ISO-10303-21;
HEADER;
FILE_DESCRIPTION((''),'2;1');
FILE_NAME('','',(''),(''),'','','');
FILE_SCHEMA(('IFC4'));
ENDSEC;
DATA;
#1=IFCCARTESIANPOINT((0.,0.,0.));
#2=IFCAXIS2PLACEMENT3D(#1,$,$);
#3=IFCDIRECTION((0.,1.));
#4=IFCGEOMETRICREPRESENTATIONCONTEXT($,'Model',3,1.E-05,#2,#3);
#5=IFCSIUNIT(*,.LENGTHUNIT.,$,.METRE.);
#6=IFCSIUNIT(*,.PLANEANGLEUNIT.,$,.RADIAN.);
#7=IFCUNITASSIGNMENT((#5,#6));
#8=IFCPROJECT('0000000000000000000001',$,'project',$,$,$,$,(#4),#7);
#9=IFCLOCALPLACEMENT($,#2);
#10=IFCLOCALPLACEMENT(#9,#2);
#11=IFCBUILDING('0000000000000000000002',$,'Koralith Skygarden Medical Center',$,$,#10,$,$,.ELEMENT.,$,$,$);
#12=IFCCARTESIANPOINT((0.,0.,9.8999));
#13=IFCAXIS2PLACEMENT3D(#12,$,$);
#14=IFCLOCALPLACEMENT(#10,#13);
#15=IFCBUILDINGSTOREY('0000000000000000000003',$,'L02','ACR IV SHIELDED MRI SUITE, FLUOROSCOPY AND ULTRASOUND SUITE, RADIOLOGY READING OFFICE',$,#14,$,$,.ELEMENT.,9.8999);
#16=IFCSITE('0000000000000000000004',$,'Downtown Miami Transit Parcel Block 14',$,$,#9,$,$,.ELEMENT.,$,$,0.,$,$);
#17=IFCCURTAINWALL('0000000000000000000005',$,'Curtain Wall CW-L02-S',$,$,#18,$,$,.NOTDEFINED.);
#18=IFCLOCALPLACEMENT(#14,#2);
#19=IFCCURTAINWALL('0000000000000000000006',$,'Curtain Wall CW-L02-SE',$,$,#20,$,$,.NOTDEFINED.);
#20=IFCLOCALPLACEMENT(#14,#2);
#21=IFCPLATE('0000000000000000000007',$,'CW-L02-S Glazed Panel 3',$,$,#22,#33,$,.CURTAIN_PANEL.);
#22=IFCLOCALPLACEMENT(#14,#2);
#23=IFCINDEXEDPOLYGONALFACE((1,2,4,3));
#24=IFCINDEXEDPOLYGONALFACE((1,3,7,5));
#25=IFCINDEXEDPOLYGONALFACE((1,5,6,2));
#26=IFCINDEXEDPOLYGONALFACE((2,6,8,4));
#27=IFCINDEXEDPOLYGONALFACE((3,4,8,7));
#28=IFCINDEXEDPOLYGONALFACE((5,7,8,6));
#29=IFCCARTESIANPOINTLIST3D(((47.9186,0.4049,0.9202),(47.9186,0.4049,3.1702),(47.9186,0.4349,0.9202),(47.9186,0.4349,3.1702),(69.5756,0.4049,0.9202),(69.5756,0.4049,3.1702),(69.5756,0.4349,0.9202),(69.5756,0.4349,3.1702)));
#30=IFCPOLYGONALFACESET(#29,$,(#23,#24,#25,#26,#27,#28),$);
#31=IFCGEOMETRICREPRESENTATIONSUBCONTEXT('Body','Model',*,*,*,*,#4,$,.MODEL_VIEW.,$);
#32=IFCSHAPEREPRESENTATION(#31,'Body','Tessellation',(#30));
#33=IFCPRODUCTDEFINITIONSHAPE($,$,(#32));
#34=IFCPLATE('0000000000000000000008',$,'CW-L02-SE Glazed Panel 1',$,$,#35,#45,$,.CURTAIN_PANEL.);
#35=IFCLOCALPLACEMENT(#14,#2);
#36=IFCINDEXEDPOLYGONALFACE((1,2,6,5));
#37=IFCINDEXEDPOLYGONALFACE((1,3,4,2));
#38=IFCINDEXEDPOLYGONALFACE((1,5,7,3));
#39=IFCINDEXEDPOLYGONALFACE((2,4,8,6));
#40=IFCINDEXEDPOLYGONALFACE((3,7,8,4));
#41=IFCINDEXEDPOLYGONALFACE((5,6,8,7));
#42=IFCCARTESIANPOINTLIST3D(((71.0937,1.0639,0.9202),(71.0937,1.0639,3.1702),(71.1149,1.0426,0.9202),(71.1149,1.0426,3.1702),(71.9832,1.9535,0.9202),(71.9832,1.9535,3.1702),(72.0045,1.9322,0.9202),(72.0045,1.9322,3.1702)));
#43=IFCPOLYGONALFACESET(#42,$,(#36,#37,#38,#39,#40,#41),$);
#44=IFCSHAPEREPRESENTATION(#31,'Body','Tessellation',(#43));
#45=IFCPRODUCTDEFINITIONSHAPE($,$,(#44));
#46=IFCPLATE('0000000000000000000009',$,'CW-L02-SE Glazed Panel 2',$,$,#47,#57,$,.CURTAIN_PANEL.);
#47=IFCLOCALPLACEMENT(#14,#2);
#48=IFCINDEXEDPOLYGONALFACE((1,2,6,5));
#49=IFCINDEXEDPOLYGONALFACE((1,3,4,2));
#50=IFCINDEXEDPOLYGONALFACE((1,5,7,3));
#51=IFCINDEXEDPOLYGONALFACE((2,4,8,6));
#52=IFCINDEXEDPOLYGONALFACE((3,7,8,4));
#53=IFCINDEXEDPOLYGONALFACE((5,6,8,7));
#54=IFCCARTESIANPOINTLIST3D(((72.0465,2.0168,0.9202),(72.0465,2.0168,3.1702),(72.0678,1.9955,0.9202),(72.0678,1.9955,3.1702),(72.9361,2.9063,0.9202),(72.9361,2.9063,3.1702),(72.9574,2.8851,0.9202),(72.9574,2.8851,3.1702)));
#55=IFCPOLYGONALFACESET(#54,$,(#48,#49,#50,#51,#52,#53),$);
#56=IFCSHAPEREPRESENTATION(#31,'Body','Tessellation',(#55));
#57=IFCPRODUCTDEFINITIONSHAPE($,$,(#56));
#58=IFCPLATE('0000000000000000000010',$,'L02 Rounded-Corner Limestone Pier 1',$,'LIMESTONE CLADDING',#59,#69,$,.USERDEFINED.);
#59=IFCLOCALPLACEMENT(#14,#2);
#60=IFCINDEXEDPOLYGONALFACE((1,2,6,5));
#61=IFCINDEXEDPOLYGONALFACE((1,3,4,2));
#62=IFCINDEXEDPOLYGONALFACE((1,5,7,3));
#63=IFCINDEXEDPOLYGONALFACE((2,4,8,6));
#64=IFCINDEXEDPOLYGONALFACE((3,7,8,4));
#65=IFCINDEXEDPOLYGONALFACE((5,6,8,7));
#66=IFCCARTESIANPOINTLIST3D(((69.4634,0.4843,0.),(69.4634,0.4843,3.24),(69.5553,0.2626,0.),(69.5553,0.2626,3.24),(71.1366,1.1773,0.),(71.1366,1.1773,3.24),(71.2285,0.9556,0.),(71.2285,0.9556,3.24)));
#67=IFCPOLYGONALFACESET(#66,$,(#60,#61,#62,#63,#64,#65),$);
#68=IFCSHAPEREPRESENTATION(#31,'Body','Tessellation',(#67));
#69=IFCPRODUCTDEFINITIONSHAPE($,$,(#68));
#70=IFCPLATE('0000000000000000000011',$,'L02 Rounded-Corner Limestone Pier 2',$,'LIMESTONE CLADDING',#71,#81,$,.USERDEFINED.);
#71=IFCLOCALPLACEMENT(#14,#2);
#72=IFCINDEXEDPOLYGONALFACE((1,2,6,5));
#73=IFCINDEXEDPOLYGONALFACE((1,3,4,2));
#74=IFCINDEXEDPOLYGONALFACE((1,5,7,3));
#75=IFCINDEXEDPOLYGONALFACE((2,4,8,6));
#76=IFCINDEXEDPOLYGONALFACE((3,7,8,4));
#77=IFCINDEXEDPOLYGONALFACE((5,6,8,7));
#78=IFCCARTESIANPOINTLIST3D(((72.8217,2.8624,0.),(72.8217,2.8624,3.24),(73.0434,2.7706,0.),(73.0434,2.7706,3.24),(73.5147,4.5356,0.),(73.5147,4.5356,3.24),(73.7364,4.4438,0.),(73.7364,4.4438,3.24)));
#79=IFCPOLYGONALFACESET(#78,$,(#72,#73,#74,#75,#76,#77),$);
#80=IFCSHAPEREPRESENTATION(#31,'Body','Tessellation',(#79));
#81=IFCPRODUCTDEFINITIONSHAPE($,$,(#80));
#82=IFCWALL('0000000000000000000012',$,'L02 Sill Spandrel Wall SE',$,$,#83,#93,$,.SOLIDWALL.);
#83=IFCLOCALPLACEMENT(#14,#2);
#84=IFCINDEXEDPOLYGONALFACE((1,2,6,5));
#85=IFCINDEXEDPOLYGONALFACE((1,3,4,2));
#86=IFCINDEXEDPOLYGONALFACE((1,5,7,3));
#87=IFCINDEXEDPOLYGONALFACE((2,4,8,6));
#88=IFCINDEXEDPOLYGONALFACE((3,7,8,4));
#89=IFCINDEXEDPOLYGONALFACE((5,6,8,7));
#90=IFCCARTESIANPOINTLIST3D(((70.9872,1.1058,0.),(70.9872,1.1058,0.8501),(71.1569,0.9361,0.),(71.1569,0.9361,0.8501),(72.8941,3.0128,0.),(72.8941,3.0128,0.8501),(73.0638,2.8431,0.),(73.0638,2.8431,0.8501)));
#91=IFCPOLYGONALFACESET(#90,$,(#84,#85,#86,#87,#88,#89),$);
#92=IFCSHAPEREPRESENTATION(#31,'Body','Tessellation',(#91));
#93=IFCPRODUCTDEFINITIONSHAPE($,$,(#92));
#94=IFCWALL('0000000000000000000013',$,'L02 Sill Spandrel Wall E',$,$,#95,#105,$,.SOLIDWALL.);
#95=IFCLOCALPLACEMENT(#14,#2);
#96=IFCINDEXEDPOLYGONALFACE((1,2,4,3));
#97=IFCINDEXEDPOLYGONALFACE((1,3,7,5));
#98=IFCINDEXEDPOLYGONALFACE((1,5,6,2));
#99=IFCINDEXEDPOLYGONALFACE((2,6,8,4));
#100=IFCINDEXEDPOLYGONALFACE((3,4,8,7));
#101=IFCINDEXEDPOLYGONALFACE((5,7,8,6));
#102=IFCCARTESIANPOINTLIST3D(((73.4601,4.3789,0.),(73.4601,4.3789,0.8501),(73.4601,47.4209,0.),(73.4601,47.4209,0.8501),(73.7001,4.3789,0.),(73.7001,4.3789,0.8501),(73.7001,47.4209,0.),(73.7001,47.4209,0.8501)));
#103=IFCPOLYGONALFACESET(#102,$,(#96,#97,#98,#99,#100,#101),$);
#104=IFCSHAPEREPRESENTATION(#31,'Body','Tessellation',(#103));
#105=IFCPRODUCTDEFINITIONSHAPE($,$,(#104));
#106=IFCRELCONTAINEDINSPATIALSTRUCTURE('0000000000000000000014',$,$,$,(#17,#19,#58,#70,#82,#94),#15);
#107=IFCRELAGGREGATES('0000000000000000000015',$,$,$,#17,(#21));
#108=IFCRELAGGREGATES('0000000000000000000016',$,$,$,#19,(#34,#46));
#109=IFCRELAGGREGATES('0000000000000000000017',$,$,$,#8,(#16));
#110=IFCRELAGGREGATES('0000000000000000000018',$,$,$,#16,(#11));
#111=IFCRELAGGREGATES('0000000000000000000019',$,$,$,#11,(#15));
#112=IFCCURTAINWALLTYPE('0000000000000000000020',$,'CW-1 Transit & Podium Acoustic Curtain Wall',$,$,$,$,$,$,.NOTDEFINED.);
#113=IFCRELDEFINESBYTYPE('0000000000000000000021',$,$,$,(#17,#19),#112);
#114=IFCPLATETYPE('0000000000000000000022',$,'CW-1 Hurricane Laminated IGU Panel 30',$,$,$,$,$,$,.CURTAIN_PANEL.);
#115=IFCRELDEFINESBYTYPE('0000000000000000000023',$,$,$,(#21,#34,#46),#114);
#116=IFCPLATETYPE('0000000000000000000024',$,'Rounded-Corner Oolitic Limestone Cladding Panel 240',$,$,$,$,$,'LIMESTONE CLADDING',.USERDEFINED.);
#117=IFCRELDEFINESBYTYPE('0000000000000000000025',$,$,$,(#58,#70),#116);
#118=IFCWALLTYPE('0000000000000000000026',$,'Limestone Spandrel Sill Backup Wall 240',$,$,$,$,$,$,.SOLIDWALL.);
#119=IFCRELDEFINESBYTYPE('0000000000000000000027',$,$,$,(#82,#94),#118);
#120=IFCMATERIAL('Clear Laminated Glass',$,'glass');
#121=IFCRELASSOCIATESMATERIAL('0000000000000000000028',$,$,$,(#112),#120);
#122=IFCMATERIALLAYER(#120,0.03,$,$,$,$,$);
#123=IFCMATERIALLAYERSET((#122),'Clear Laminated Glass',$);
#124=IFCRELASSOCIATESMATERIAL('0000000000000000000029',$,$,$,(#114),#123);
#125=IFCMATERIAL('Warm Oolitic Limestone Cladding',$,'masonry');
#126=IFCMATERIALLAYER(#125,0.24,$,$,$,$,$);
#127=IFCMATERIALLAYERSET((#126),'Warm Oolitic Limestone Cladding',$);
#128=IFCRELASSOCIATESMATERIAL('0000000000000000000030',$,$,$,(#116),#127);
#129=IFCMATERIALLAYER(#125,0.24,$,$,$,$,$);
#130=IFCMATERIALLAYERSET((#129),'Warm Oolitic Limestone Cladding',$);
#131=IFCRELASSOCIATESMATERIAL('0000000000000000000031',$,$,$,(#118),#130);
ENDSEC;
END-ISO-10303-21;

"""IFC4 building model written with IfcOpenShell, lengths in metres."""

from ifc_helpers import new_model, si_unit, direction, frame, frame_2d, origin, origin_2d, place, context, subcontext, project, spatial, rectangle, extrude, material, layer, layer_set, type_object, element, aggregate, save


model = new_model("IFC4")

# Units and contexts
model_context = context("Model", 3, precision=1e-05, world=origin(), true_north=direction((0.0, 1.0)))
body_context = subcontext(model_context, "Body", "Model", "MODEL_VIEW")
ifc_project = project(units=[si_unit("LENGTHUNIT", "METRE"), si_unit("PLANEANGLEUNIT", "RADIAN")], contexts=[model_context])

# Site, building, storey
site_placement = place(None, origin())
site = spatial("IfcSite", under=ifc_project, at=site_placement, Name="Downtown Miami Transit Parcel Block 14", CompositionType="ELEMENT", RefElevation=0.0)
building_placement = place(site_placement, origin())
building = spatial("IfcBuilding", under=site, at=building_placement, Name="Koralith Skygarden Medical Center", CompositionType="ELEMENT")
storey_placement = place(building_placement, frame((0.0, 0.0, 9.8999)))
storey = spatial("IfcBuildingStorey", under=building, at=storey_placement, Name="L02", Description="ACR IV SHIELDED MRI SUITE, FLUOROSCOPY AND ULTRASOUND SUITE, RADIOLOGY READING OFFICE", CompositionType="ELEMENT", Elevation=9.8999)

# Curtain wall
ifc_material_1 = material(Name="Clear Laminated Glass", Category="glass")
curtain_wall_type = type_object("IfcCurtainWallType", Name="CW-1 Transit & Podium Acoustic Curtain Wall", PredefinedType="NOTDEFINED", material=ifc_material_1)
curtain_wall_1_placement = place(storey_placement, origin())
curtain_wall_1 = element("IfcCurtainWall", 1, at=curtain_wall_1_placement, inside=storey, type_object=curtain_wall_type, Name="Curtain Wall CW-L02-S", PredefinedType="NOTDEFINED")

# Curtain wall
curtain_wall_2_placement = place(storey_placement, origin())
curtain_wall_2 = element("IfcCurtainWall", 2, at=curtain_wall_2_placement, inside=storey, type_object=curtain_wall_type, Name="Curtain Wall CW-L02-SE", PredefinedType="NOTDEFINED")

# Plates
ifc_layer_1 = layer(ifc_material_1, 0.03)
ifc_layer_set_1 = layer_set([ifc_layer_1], Name="Clear Laminated Glass")
plate_type_1 = type_object("IfcPlateType", Name="CW-1 Hurricane Laminated IGU Panel 30", PredefinedType="CURTAIN_PANEL", material=ifc_layer_set_1)
plate_1_placement = place(storey_placement, frame((58.7471, 0.4199, 0.9202), z_axis=(0.0, 0.0, 1.0), x_axis=(1.0, 0.0, 0.0)))
plate_1 = element("IfcPlate", 3, at=plate_1_placement, type_object=plate_type_1, Name="CW-L02-S Glazed Panel 3", PredefinedType="CURTAIN_PANEL", context=body_context, shape_type="SweptSolid", body=[
    extrude(rectangle(XDim=21.657, YDim=0.03, at=origin_2d()), origin(), (0.0, 0.0, 1.0), 2.25),
])
aggregate(curtain_wall_1, [plate_1])
plate_2_placement = place(storey_placement, frame((71.5491, 1.498, 0.9202), z_axis=(0.0, 0.0, 1.0), x_axis=(0.707107, 0.707107, 0.0)))
plate_2 = element("IfcPlate", 4, at=plate_2_placement, type_object=plate_type_1, Name="CW-L02-SE Glazed Panel 1", PredefinedType="CURTAIN_PANEL", context=body_context, shape_type="SweptSolid", body=[
    extrude(rectangle(XDim=1.2581, YDim=0.03, at=origin_2d()), origin(), (0.0, 0.0, 1.0), 2.25),
])
plate_3_placement = place(storey_placement, frame((72.502, 2.4509, 0.9202), z_axis=(0.0, 0.0, 1.0), x_axis=(0.707107, 0.707107, 0.0)))
plate_3 = element("IfcPlate", 5, at=plate_3_placement, type_object=plate_type_1, Name="CW-L02-SE Glazed Panel 2", PredefinedType="CURTAIN_PANEL", context=body_context, shape_type="SweptSolid", body=[
    extrude(rectangle(XDim=1.2581, YDim=0.03, at=origin_2d()), origin(), (0.0, 0.0, 1.0), 2.25),
])
aggregate(curtain_wall_2, [plate_2, plate_3])

# Plates
ifc_material_2 = material(Name="Warm Oolitic Limestone Cladding", Category="masonry")
ifc_layer_2 = layer(ifc_material_2, 0.24)
ifc_layer_set_2 = layer_set([ifc_layer_2], Name="Warm Oolitic Limestone Cladding")
plate_type_2 = type_object("IfcPlateType", Name="Rounded-Corner Oolitic Limestone Cladding Panel 240", ElementType="LIMESTONE CLADDING", PredefinedType="USERDEFINED", material=ifc_layer_set_2)
for number, where, z_axis, x_axis, name in (
    (6, (70.3459, 0.72, 0.0), (0.0, 0.0, 1.0), (0.923885, 0.382671, 0.0), "L02 Rounded-Corner Limestone Pier 1"),
    (7, (73.2791, 3.6531, 0.0), (0.0, 0.0, 1.0), (0.382671, 0.923885, 0.0), "L02 Rounded-Corner Limestone Pier 2"),
):
    element("IfcPlate", number, at=place(storey_placement, frame(where, z_axis=z_axis, x_axis=x_axis)), inside=storey, type_object=plate_type_2, Name=name, ObjectType="LIMESTONE CLADDING", PredefinedType="USERDEFINED", context=body_context, shape_type="SweptSolid", body=[
        extrude(rectangle(XDim=1.811, YDim=0.24, at=origin_2d()), origin(), (0.0, 0.0, 1.0), 3.24),
    ])

# Walls
ifc_layer_3 = layer(ifc_material_2, 0.24)
ifc_layer_set_3 = layer_set([ifc_layer_3], Name="Warm Oolitic Limestone Cladding")
wall_type = type_object("IfcWallType", Name="Limestone Spandrel Sill Backup Wall 240", PredefinedType="SOLIDWALL", material=ifc_layer_set_3)
wall_1_placement = place(storey_placement, frame((71.072, 1.021, 0.0), z_axis=(0.0, 0.0, 1.0), x_axis=(0.707107, 0.707107, 0.0)))
element("IfcWall", 8, at=wall_1_placement, inside=storey, type_object=wall_type, Name="L02 Sill Spandrel Wall SE", PredefinedType="SOLIDWALL", context=body_context, shape_type="SweptSolid", body=[
    extrude(rectangle(XDim=2.6968, YDim=0.24, at=frame_2d((1.3484, 0.0))), origin(), (0.0, 0.0, 1.0), 0.8501),
])
wall_2_placement = place(storey_placement, frame((73.5801, 4.3789, 0.0), z_axis=(0.0, 0.0, 1.0), x_axis=(0.0, 1.0, 0.0)))
element("IfcWall", 9, at=wall_2_placement, inside=storey, type_object=wall_type, Name="L02 Sill Spandrel Wall E", PredefinedType="SOLIDWALL", context=body_context, shape_type="SweptSolid", body=[
    extrude(rectangle(XDim=43.042, YDim=0.24, at=frame_2d((21.521, 0.0))), origin(), (0.0, 0.0, 1.0), 0.8501),
])

save(model, "model.ifc")
